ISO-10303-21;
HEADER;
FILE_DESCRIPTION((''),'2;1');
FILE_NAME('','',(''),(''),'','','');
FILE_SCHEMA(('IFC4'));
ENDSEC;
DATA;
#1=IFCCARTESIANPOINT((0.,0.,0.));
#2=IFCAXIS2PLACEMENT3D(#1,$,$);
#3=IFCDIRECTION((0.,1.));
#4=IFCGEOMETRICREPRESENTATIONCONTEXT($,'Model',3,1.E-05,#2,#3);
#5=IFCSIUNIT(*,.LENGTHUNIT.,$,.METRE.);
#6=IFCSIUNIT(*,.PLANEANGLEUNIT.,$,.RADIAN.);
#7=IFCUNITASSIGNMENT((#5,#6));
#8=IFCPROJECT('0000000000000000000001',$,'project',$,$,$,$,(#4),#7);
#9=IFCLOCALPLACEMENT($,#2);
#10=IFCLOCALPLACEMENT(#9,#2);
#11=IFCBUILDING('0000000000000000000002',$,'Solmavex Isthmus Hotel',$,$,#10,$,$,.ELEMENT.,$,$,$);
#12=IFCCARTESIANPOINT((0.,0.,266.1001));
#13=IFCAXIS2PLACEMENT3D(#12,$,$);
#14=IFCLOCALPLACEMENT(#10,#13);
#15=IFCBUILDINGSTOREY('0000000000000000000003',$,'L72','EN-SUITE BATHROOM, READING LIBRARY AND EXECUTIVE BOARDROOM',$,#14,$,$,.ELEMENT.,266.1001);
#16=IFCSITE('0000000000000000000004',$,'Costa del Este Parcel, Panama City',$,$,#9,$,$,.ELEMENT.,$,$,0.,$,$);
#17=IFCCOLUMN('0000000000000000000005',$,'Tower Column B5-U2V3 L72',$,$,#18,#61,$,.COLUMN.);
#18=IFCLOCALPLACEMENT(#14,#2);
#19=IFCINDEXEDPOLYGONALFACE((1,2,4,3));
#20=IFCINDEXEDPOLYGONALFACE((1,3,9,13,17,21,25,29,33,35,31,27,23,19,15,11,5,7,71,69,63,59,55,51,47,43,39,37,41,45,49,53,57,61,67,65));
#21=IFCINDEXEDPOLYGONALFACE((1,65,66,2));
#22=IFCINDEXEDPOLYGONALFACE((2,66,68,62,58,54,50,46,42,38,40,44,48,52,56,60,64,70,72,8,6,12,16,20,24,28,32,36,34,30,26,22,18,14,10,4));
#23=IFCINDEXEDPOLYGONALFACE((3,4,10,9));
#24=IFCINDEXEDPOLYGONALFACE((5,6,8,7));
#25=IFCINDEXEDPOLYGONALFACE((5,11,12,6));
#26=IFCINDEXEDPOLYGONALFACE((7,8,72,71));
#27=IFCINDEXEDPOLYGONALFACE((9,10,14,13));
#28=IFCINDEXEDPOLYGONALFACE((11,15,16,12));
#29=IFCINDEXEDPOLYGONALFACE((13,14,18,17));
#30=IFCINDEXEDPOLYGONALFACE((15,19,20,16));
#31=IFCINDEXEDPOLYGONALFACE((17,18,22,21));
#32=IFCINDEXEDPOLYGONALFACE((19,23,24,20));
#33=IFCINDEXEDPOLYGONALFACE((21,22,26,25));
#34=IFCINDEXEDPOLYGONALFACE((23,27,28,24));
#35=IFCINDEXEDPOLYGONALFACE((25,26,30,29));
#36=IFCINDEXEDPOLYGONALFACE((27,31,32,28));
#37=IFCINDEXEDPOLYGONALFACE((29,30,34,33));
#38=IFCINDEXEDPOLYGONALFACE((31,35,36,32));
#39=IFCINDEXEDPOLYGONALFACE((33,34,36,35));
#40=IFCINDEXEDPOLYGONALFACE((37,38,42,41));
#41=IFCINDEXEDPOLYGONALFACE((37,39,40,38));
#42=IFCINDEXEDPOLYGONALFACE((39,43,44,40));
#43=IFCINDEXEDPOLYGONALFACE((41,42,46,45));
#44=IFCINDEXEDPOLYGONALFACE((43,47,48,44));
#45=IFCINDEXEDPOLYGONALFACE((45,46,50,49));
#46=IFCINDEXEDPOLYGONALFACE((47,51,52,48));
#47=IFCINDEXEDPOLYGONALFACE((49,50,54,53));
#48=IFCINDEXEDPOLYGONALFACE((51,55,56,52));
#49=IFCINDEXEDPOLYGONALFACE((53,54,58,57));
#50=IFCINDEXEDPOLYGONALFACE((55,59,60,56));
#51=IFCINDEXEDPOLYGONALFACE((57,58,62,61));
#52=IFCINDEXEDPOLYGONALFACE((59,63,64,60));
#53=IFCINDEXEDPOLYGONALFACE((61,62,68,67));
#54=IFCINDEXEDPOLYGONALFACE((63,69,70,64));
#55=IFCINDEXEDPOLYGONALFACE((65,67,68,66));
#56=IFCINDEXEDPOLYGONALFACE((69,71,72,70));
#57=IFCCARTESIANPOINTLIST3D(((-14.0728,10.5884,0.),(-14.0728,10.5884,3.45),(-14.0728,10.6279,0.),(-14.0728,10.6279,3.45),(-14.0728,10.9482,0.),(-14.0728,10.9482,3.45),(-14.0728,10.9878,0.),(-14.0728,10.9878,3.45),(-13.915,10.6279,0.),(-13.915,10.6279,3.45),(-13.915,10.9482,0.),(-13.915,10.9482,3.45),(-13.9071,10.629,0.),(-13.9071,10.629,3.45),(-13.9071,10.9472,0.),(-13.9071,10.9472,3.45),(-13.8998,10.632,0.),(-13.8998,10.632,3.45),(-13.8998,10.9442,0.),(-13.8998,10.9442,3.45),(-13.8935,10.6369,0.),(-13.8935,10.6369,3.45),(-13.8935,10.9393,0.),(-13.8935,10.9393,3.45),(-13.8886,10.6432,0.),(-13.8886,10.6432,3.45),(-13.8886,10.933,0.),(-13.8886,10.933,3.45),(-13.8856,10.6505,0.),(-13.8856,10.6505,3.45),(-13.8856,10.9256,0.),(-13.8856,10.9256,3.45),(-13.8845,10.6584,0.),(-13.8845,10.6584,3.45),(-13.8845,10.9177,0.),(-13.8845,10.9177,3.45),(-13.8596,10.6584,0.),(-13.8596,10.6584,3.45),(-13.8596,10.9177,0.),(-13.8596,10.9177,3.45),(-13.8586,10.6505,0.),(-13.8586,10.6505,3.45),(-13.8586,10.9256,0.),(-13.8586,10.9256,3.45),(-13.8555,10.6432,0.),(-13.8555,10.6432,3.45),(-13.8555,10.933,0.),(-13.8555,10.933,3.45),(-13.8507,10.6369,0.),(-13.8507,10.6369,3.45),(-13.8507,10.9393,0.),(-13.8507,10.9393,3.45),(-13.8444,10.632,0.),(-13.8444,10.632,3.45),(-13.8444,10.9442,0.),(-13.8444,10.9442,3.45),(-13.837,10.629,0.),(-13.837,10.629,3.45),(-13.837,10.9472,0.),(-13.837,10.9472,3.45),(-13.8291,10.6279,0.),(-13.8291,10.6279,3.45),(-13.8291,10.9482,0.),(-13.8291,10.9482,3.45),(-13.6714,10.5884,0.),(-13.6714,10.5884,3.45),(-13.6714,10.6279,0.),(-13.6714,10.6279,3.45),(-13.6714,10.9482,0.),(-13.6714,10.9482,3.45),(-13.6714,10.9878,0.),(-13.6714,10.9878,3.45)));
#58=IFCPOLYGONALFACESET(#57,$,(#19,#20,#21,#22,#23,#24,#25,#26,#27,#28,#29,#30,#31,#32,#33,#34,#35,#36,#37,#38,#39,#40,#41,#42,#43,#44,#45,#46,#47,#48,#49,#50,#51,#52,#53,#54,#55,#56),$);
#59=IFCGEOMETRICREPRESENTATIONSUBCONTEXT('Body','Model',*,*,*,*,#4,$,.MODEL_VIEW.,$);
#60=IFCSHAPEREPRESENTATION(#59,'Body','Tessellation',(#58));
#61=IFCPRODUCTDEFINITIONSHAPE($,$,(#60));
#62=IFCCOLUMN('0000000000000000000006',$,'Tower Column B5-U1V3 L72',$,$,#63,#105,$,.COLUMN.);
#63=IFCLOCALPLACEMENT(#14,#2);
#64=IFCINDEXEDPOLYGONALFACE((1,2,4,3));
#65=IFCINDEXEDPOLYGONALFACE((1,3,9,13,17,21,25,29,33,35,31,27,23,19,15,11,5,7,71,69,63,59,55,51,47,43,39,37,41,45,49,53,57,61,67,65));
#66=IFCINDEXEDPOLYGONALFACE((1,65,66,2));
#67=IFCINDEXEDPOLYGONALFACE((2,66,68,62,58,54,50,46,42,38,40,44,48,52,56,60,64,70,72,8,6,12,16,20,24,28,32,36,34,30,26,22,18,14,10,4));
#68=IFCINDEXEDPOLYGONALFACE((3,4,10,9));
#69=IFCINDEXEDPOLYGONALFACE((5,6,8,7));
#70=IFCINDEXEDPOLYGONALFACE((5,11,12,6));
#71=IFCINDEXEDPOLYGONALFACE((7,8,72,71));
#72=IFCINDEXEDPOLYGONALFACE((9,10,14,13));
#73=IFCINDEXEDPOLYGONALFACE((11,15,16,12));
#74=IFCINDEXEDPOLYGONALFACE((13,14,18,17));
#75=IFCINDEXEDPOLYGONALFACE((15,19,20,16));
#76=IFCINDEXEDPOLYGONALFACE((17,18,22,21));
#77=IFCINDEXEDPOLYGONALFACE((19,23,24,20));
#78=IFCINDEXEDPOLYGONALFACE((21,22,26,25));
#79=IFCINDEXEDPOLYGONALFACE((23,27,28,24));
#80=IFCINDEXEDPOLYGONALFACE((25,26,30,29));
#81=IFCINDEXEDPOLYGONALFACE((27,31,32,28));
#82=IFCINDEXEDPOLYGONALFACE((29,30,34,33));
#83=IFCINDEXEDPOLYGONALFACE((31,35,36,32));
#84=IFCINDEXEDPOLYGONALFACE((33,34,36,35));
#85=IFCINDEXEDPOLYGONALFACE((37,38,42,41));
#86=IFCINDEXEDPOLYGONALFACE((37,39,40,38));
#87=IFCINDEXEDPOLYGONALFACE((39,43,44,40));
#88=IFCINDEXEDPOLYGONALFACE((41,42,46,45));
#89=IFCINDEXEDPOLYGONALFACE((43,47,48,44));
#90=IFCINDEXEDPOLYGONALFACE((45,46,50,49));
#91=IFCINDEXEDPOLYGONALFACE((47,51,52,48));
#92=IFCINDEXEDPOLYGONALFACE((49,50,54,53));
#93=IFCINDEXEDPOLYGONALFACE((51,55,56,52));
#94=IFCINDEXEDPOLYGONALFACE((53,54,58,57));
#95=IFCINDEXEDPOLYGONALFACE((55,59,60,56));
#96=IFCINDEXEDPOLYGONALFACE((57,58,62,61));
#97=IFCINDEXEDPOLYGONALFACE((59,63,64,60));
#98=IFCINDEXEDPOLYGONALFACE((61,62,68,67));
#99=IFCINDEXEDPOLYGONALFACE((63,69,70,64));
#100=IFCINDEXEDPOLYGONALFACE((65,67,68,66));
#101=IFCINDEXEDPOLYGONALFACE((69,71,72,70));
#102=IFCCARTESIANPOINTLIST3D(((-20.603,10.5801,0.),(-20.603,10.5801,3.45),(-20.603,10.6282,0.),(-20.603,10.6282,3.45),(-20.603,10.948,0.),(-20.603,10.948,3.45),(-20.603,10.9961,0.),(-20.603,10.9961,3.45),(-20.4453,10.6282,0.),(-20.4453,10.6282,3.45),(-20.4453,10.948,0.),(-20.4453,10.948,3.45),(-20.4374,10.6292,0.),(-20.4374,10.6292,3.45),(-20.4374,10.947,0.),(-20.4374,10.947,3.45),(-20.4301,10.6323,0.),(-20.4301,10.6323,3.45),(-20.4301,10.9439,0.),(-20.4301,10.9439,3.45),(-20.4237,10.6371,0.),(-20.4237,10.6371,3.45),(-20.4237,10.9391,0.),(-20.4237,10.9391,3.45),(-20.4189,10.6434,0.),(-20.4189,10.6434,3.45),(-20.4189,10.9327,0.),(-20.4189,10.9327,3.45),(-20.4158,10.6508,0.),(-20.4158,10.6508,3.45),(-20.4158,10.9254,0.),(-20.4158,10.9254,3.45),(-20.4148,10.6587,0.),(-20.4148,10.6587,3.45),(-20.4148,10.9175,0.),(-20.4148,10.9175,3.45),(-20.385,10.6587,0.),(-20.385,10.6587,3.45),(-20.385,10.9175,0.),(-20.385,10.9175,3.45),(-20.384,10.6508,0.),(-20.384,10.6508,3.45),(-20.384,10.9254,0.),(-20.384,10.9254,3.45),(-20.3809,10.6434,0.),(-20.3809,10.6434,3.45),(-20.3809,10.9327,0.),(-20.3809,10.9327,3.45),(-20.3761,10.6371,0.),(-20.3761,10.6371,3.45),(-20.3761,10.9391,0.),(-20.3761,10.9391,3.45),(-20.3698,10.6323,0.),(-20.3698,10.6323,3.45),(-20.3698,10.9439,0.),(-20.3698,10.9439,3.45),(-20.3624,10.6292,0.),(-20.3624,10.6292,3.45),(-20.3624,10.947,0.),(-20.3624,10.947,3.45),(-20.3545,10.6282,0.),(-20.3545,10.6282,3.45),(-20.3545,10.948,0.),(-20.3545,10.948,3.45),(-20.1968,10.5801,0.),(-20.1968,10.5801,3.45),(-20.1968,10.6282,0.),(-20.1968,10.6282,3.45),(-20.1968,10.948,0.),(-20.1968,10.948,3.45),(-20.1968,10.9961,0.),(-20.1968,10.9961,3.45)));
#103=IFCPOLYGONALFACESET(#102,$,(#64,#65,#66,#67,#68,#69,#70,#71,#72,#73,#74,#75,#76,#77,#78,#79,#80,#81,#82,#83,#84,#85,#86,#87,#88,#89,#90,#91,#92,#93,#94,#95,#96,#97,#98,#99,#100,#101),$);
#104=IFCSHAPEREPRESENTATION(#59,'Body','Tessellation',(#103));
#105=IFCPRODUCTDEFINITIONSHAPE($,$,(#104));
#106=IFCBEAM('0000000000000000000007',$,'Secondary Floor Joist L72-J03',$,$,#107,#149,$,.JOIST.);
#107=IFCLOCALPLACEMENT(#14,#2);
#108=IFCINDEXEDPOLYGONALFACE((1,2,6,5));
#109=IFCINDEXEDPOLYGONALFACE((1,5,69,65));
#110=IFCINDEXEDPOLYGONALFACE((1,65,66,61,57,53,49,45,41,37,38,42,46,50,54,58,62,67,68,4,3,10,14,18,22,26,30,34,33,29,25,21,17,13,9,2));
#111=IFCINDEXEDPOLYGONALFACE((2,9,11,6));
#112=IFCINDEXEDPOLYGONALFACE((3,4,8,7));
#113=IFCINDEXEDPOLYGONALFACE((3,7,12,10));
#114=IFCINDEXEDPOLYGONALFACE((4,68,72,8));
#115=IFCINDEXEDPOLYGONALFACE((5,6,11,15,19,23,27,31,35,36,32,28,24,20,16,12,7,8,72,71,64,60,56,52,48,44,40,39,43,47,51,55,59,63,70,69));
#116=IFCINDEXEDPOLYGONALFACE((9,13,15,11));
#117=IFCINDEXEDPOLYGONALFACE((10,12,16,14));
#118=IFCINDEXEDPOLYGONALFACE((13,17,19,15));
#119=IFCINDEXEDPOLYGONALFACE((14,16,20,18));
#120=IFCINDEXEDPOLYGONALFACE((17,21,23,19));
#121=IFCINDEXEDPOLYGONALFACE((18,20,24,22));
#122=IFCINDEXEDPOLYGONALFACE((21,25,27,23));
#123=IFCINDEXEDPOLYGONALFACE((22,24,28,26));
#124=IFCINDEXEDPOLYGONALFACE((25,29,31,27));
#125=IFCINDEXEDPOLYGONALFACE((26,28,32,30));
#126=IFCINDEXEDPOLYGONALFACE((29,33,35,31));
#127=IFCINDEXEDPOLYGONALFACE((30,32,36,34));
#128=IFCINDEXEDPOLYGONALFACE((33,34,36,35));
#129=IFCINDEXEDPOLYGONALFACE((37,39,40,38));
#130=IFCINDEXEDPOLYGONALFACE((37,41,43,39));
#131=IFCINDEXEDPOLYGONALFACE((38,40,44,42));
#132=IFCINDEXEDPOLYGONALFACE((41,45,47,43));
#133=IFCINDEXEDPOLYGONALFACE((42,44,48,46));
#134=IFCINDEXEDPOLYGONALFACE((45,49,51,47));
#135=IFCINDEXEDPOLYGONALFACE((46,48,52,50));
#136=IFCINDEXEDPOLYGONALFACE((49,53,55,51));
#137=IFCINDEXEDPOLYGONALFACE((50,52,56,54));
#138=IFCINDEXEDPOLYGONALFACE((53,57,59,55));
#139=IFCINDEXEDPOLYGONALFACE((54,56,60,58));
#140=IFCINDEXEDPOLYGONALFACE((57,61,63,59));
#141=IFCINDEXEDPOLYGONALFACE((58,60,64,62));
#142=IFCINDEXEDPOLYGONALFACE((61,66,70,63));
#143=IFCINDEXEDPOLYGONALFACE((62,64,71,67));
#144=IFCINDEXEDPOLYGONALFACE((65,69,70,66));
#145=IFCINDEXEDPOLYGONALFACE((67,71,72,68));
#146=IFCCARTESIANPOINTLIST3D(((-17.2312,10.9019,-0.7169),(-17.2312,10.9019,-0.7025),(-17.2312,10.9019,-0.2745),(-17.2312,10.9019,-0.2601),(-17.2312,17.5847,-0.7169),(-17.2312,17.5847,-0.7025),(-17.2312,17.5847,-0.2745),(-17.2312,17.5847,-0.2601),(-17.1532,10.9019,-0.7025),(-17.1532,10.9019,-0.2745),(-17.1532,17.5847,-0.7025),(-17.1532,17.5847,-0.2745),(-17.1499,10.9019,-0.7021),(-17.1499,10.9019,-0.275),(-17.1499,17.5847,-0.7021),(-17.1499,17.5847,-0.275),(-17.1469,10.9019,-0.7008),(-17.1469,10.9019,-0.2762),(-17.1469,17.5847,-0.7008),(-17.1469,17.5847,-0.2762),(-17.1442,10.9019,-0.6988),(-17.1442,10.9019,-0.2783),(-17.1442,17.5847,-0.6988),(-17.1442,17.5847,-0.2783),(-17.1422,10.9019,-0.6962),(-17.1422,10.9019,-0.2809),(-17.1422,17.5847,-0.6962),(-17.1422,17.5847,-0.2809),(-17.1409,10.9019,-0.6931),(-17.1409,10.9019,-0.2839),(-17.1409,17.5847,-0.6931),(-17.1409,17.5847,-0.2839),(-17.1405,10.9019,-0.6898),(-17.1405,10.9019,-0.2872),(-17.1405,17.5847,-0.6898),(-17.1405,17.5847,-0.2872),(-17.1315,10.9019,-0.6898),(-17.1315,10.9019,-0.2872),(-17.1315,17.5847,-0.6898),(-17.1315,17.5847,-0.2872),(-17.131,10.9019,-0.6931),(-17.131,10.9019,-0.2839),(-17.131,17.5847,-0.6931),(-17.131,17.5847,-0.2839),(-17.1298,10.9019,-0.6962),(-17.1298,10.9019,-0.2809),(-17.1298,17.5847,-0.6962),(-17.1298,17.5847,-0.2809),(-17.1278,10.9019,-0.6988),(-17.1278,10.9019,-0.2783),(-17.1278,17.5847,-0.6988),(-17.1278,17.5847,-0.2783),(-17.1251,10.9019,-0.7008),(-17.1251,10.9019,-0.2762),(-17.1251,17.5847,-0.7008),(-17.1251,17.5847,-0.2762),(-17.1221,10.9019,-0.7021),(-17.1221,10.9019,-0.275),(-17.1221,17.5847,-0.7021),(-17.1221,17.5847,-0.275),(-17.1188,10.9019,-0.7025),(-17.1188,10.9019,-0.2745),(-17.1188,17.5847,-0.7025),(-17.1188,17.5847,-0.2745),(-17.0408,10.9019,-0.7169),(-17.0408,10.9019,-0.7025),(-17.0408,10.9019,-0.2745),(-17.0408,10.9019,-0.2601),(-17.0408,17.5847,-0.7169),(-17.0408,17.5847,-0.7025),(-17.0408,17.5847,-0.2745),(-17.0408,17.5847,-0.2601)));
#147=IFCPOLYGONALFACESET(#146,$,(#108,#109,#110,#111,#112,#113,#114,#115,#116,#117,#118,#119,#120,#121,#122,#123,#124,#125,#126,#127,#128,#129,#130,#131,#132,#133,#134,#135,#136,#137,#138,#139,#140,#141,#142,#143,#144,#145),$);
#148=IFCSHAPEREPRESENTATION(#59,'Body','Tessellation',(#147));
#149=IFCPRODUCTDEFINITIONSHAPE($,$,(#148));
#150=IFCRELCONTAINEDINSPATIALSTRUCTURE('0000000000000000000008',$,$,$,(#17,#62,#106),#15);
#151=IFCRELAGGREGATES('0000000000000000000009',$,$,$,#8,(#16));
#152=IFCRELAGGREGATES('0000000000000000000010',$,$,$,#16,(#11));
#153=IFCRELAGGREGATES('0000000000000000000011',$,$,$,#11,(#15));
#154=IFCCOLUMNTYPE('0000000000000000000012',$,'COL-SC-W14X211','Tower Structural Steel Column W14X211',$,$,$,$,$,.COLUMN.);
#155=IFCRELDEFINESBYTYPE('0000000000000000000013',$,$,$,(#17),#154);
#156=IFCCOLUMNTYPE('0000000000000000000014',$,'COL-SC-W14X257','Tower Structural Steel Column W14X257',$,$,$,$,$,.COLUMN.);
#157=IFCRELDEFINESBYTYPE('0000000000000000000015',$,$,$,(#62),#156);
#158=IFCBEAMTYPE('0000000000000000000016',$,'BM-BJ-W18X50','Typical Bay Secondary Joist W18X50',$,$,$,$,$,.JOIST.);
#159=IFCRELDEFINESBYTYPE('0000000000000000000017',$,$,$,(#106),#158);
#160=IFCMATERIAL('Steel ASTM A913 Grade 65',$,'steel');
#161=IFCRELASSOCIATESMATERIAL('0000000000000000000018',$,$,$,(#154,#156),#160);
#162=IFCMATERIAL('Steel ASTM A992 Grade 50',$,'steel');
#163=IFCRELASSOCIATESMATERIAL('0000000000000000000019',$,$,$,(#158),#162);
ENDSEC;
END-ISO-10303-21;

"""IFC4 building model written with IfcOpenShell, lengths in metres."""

from ifc_helpers import new_model, si_unit, direction, frame, origin, origin_2d, place, context, subcontext, project, spatial, i_section, extrude, material, material_profile, profile_set, type_object, element, save


model = new_model("IFC4")

# Units and contexts
model_context = context("Model", 3, precision=1e-05, world=origin(), true_north=direction((0.0, 1.0)))
body_context = subcontext(model_context, "Body", "Model", "MODEL_VIEW")
ifc_project = project(units=[si_unit("LENGTHUNIT", "METRE"), si_unit("PLANEANGLEUNIT", "RADIAN")], contexts=[model_context])

# Site, building, storey
site_placement = place(None, origin())
site = spatial("IfcSite", under=ifc_project, at=site_placement, Name="Costa del Este Parcel, Panama City", CompositionType="ELEMENT", RefElevation=0.0)
building_placement = place(site_placement, origin())
building = spatial("IfcBuilding", under=site, at=building_placement, Name="Solmavex Isthmus Hotel", CompositionType="ELEMENT")
storey_placement = place(building_placement, frame((0.0, 0.0, 266.1001)))
storey = spatial("IfcBuildingStorey", under=building, at=storey_placement, Name="L72", Description="EN-SUITE BATHROOM, READING LIBRARY AND EXECUTIVE BOARDROOM", CompositionType="ELEMENT", Elevation=266.1001)

# Columns
ifc_material_1 = material(Name="Steel ASTM A913 Grade 65", Category="steel")
ifc_material_profile_1 = material_profile(ifc_material_1, i_section(OverallWidth=0.4014, OverallDepth=0.3994, WebThickness=0.0249, FlangeThickness=0.0396, FilletRadius=0.0305, at=origin_2d()), Name="W14X211")
ifc_profile_set_1 = profile_set([ifc_material_profile_1], Name="Steel ASTM A913 Grade 65")
column_type_1 = type_object("IfcColumnType", Name="COL-SC-W14X211", Description="Tower Structural Steel Column W14X211", PredefinedType="COLUMN", material=ifc_profile_set_1)
column_1_placement = place(storey_placement, frame((-13.8721, 10.7881, 0.0), z_axis=(0.0, 0.0, 1.0), x_axis=(1.0, 0.0, 0.0)))
element("IfcColumn", 1, at=column_1_placement, inside=storey, type_object=column_type_1, Name="Tower Column B5-U2V3 L72", PredefinedType="COLUMN", context=body_context, shape_type="SweptSolid", body=[
    extrude(i_section(OverallWidth=0.4014, OverallDepth=0.3994, WebThickness=0.0249, FlangeThickness=0.0396, FilletRadius=0.0305, at=origin_2d()), origin(), (0.0, 0.0, 1.0), 3.45),
])
ifc_material_profile_2 = material_profile(ifc_material_1, i_section(OverallWidth=0.4062, OverallDepth=0.416, WebThickness=0.0298, FlangeThickness=0.0481, FilletRadius=0.0305, at=origin_2d()), Name="W14X257")
ifc_profile_set_2 = profile_set([ifc_material_profile_2], Name="Steel ASTM A913 Grade 65")
column_type_2 = type_object("IfcColumnType", Name="COL-SC-W14X257", Description="Tower Structural Steel Column W14X257", PredefinedType="COLUMN", material=ifc_profile_set_2)
column_2_placement = place(storey_placement, frame((-20.3999, 10.7881, 0.0), z_axis=(0.0, 0.0, 1.0), x_axis=(1.0, 0.0, 0.0)))
element("IfcColumn", 2, at=column_2_placement, inside=storey, type_object=column_type_2, Name="Tower Column B5-U1V3 L72", PredefinedType="COLUMN", context=body_context, shape_type="SweptSolid", body=[
    extrude(i_section(OverallWidth=0.4062, OverallDepth=0.416, WebThickness=0.0298, FlangeThickness=0.0481, FilletRadius=0.0305, at=origin_2d()), origin(), (0.0, 0.0, 1.0), 3.45),
])

# Beam
ifc_material_2 = material(Name="Steel ASTM A992 Grade 50", Category="steel")
ifc_material_profile_3 = material_profile(ifc_material_2, i_section(OverallWidth=0.1904, OverallDepth=0.4568, WebThickness=0.009, FlangeThickness=0.0144, FilletRadius=0.0127, at=origin_2d()), Name="W18X50")
ifc_profile_set_3 = profile_set([ifc_material_profile_3], Name="Steel ASTM A992 Grade 50")
beam_type_1 = type_object("IfcBeamType", Name="BM-BJ-W18X50", Description="Typical Bay Secondary Joist W18X50", PredefinedType="JOIST", material=ifc_profile_set_3)
beam_1_placement = place(storey_placement, frame((-17.136, 10.9019, -0.4885), z_axis=(0.0, 1.0, 0.0), x_axis=(-1.0, 0.0, 0.0)))
element("IfcBeam", 3, at=beam_1_placement, inside=storey, type_object=beam_type_1, Name="Secondary Floor Joist L72-J03", PredefinedType="JOIST", context=body_context, shape_type="SweptSolid", body=[
    extrude(i_section(OverallWidth=0.1904, OverallDepth=0.4568, WebThickness=0.009, FlangeThickness=0.0144, FilletRadius=0.0127, at=origin_2d()), origin(), (0.0, 0.0, 1.0), 6.6829),
])

save(model, "model.ifc")
